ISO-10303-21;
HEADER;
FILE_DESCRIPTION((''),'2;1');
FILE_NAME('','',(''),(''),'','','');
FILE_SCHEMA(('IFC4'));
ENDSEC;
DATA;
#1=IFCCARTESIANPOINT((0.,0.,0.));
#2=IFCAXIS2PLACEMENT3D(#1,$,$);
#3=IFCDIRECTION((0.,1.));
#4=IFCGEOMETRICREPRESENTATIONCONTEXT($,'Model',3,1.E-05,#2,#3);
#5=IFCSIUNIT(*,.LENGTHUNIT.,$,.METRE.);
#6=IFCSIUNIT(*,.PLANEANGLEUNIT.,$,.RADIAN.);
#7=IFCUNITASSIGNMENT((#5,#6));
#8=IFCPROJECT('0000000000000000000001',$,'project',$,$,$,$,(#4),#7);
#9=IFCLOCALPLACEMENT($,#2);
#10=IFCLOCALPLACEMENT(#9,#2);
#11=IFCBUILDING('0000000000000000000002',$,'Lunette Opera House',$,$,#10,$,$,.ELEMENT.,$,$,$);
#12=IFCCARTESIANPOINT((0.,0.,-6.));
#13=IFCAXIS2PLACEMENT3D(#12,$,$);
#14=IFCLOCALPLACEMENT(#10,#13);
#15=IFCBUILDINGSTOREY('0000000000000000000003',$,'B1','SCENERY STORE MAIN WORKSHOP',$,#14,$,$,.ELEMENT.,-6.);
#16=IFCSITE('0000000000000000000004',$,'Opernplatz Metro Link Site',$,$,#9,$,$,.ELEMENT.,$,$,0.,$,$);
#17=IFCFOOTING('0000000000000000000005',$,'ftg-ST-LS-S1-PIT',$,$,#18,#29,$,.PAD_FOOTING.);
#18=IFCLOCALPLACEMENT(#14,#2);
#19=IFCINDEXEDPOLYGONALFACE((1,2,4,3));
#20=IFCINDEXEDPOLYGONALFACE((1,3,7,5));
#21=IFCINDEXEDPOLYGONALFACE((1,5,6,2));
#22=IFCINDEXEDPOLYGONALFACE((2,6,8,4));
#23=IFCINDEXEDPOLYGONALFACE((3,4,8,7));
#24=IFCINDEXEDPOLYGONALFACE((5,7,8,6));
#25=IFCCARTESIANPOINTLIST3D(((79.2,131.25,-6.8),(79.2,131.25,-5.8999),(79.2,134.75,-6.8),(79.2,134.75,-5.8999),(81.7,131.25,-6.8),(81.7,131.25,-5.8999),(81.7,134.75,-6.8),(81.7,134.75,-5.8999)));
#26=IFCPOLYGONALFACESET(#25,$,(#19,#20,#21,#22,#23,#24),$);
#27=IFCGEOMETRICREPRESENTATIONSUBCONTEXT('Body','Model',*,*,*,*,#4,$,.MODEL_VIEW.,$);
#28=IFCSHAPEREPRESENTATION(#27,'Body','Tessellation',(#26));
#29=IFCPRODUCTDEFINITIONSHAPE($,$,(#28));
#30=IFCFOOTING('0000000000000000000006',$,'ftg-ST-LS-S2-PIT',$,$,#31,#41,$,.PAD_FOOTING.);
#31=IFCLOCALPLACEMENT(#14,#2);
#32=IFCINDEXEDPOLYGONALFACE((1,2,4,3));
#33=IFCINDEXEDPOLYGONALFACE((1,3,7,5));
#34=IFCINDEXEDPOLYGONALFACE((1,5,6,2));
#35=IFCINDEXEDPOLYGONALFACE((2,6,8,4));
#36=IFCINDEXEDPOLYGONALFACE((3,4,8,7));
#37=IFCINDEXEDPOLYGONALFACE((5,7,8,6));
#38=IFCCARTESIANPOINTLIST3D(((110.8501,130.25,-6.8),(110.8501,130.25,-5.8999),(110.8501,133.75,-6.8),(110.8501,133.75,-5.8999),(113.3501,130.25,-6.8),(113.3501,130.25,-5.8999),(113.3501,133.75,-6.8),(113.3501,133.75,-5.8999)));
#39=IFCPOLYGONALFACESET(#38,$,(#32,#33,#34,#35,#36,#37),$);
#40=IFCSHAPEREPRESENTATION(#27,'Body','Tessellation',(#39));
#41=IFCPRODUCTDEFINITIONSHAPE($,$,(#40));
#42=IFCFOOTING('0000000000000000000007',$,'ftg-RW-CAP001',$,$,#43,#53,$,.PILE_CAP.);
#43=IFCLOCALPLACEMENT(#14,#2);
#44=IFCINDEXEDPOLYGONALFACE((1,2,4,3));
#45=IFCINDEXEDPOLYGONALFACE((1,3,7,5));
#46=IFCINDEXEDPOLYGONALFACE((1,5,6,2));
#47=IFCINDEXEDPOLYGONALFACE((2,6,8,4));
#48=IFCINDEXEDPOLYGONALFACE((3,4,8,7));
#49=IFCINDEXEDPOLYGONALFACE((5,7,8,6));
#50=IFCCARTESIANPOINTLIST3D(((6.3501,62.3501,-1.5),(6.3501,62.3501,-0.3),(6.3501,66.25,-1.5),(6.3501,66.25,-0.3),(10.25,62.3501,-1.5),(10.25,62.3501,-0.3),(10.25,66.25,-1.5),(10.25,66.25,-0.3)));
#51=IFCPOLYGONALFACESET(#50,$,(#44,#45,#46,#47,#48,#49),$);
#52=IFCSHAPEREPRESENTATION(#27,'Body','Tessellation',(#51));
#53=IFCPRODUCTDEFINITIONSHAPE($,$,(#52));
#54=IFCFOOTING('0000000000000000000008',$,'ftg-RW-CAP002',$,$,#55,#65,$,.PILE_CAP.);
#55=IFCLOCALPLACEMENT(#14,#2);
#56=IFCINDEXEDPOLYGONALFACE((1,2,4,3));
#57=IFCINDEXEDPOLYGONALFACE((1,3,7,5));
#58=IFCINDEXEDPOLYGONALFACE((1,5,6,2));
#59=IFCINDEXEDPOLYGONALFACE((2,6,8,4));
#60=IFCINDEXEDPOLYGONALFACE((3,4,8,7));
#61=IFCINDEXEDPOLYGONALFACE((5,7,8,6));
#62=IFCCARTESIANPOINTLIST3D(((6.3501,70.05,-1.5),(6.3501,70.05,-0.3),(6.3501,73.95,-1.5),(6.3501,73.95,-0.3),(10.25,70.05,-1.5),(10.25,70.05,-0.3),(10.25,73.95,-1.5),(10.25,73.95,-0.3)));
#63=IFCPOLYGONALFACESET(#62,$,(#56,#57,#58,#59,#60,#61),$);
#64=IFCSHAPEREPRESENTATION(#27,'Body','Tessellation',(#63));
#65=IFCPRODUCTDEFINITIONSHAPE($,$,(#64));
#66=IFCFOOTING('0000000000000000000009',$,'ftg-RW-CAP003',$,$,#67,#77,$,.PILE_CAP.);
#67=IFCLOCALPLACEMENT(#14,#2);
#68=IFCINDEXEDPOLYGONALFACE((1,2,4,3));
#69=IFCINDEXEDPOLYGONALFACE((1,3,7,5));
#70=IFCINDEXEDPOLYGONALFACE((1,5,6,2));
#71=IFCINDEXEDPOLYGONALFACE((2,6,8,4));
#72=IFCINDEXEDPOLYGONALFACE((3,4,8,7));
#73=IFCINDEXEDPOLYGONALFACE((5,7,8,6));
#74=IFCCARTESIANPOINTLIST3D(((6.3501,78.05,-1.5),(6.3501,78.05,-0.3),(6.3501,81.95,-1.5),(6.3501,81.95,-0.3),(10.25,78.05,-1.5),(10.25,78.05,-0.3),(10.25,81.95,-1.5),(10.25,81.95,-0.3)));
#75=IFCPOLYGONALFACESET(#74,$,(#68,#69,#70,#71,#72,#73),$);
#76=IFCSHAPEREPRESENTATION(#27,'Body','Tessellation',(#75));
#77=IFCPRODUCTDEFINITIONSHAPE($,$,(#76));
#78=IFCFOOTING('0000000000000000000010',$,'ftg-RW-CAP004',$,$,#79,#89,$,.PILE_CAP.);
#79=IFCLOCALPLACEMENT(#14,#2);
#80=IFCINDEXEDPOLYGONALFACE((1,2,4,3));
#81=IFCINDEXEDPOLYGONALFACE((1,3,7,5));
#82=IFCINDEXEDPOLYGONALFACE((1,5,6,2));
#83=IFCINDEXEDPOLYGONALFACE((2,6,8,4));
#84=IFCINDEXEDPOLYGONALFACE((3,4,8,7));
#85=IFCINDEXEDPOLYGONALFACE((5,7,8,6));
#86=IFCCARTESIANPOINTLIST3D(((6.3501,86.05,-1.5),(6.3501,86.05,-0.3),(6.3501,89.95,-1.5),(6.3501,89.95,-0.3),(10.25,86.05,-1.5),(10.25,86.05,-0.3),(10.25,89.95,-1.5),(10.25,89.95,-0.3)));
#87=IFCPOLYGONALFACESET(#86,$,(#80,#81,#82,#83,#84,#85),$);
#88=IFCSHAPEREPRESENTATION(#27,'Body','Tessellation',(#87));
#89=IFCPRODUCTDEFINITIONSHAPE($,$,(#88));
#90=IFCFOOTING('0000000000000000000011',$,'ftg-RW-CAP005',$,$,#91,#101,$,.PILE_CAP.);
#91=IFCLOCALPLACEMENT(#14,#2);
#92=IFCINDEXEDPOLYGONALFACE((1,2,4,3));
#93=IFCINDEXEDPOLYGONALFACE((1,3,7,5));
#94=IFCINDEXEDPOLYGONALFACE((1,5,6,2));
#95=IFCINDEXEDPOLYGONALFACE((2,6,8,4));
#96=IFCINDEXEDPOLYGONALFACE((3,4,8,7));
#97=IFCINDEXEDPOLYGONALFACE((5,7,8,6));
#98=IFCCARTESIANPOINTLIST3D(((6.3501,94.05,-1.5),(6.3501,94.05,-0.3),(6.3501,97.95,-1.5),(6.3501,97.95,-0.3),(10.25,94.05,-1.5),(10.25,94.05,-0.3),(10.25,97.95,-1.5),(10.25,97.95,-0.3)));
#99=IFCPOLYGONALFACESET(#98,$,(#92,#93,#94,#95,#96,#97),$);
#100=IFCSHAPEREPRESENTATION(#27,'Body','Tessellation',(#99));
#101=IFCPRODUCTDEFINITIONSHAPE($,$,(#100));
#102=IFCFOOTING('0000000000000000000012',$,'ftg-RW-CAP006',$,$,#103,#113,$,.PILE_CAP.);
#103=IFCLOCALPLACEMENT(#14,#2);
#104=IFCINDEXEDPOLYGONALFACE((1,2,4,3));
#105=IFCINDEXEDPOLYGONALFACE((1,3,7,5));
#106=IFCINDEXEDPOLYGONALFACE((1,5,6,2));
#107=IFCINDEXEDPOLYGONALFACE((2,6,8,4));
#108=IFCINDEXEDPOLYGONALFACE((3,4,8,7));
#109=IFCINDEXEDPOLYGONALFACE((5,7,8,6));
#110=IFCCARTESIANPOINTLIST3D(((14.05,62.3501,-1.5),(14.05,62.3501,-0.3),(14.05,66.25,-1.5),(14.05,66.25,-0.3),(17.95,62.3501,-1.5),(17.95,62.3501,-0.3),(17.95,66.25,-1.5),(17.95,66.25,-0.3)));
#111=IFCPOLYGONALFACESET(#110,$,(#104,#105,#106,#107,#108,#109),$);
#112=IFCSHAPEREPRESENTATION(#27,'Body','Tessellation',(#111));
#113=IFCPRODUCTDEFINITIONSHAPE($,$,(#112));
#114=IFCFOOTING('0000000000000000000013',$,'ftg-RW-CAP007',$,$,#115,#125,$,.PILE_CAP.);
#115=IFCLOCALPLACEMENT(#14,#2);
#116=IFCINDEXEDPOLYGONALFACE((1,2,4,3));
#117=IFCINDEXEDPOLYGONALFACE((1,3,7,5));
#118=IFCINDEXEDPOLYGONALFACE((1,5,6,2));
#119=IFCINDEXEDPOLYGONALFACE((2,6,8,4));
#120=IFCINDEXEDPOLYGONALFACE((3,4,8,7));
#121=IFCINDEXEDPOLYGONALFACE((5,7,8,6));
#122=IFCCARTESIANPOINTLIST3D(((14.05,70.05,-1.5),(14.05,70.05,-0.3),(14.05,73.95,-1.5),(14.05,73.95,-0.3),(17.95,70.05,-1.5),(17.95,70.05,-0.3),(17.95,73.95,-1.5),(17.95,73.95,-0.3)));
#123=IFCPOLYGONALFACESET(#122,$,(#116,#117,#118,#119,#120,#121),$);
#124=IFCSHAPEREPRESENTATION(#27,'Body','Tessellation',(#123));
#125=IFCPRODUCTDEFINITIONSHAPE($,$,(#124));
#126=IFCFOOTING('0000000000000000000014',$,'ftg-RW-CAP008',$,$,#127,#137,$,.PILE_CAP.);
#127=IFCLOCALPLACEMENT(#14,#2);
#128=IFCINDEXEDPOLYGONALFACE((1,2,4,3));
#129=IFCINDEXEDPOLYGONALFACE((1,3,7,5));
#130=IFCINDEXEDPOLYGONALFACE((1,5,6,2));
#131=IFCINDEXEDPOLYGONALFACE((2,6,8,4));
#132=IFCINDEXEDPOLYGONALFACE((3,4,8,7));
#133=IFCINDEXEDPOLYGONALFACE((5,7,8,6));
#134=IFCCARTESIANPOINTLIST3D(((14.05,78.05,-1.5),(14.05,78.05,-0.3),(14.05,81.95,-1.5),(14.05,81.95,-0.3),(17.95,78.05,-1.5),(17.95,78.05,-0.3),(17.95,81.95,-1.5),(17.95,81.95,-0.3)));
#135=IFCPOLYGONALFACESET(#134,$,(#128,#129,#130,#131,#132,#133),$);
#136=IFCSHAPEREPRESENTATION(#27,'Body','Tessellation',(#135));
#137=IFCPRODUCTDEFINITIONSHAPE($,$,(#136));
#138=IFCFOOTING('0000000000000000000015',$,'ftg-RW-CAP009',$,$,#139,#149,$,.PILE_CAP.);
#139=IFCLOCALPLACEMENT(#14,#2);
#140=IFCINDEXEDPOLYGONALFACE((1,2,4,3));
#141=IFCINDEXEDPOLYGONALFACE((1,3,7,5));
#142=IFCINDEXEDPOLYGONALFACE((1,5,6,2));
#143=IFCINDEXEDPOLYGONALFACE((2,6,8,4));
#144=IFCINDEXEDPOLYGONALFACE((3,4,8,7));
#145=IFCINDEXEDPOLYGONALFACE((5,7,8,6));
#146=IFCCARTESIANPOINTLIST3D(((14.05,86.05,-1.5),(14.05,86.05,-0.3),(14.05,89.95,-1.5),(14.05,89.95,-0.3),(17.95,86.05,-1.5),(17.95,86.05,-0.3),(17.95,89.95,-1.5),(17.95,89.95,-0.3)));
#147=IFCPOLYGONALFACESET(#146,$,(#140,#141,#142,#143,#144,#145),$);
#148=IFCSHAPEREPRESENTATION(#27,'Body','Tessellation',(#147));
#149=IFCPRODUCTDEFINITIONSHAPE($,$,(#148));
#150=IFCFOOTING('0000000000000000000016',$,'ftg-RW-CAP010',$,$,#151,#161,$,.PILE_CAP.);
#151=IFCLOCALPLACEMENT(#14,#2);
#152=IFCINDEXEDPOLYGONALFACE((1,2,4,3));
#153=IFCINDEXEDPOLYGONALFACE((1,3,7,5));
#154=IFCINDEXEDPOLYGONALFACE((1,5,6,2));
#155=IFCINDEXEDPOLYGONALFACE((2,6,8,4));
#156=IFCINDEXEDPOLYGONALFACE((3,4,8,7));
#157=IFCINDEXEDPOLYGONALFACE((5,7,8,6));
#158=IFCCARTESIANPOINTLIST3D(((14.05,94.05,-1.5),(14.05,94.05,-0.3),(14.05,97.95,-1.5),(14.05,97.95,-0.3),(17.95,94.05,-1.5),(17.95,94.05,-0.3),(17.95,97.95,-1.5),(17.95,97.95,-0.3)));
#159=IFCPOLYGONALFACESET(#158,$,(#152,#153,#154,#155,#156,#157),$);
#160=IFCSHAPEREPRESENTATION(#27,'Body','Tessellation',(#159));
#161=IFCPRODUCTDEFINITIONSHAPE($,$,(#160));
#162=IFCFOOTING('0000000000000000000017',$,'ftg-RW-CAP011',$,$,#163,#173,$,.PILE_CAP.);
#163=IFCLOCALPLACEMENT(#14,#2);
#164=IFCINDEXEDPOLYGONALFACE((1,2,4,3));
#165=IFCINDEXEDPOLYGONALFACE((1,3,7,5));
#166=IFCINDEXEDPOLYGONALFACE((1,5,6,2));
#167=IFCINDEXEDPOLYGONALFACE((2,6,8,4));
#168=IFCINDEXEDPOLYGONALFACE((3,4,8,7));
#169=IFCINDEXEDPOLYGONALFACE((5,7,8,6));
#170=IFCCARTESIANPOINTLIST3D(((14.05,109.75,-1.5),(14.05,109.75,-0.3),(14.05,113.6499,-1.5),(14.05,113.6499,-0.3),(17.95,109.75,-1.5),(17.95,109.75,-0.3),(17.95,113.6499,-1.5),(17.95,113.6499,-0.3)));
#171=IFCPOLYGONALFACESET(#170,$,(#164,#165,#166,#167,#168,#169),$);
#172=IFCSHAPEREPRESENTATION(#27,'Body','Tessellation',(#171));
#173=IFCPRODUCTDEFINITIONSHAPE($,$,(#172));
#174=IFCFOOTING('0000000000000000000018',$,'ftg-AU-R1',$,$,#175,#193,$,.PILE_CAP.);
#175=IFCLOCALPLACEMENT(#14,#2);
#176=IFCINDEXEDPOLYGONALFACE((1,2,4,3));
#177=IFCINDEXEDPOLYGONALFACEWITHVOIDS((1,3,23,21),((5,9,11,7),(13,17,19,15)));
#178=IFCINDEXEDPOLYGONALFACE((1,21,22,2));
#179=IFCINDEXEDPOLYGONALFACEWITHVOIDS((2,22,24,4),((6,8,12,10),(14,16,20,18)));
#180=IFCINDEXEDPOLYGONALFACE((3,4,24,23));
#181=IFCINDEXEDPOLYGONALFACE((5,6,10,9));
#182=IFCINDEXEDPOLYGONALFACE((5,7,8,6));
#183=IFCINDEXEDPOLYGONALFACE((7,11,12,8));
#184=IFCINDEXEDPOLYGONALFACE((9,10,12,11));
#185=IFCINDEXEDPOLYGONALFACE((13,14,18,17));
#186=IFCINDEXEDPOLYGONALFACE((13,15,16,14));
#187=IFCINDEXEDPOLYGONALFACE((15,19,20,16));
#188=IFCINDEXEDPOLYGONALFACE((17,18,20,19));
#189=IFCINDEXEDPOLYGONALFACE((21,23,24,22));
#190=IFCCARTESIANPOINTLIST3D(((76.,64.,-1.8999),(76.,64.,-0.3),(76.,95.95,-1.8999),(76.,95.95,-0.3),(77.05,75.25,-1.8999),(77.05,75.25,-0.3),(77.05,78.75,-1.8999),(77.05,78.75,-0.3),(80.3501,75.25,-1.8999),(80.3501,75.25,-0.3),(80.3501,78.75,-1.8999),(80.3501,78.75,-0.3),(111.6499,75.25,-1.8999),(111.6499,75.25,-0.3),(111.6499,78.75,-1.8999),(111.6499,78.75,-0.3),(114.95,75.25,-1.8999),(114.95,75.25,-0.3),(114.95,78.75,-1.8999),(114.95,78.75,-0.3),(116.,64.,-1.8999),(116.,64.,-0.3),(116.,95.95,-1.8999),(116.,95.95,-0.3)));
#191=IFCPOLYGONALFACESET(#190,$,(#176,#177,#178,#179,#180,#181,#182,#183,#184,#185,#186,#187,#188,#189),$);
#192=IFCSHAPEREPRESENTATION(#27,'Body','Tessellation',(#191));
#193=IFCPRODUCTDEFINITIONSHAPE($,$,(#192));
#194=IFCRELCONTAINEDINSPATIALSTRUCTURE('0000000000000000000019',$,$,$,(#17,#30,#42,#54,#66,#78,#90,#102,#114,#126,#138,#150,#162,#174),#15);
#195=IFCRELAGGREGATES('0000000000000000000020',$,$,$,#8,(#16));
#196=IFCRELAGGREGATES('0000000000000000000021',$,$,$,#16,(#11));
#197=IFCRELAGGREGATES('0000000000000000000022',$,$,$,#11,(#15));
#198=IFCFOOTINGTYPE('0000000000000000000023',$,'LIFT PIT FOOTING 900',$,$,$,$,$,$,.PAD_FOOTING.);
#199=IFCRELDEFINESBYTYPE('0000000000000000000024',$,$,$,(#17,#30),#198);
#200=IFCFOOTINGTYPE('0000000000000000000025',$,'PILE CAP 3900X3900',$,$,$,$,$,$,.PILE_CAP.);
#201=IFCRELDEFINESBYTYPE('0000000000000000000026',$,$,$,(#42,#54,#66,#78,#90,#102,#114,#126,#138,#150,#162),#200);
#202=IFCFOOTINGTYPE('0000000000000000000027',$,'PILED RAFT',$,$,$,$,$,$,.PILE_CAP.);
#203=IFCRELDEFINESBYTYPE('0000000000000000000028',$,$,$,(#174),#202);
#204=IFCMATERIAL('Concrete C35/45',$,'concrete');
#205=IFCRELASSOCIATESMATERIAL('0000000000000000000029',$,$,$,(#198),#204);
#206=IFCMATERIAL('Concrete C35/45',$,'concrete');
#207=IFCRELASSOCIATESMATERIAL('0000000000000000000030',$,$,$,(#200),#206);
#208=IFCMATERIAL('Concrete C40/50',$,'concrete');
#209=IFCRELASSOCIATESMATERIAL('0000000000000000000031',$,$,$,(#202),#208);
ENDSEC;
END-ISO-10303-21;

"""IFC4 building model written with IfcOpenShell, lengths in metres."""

from ifc_helpers import new_model, si_unit, direction, frame, origin, place, context, subcontext, project, spatial, polyline, outline, extrude, material, type_object, element, save


model = new_model("IFC4")

# Units and contexts
model_context = context("Model", 3, precision=1e-05, world=origin(), true_north=direction((0.0, 1.0)))
body_context = subcontext(model_context, "Body", "Model", "MODEL_VIEW")
ifc_project = project(units=[si_unit("LENGTHUNIT", "METRE"), si_unit("PLANEANGLEUNIT", "RADIAN")], contexts=[model_context])

# Site, building, storey
site_placement = place(None, origin())
site = spatial("IfcSite", under=ifc_project, at=site_placement, Name="Opernplatz Metro Link Site", CompositionType="ELEMENT", RefElevation=0.0)
building_placement = place(site_placement, origin())
building = spatial("IfcBuilding", under=site, at=building_placement, Name="Lunette Opera House", CompositionType="ELEMENT")
storey_placement = place(building_placement, frame((0.0, 0.0, -6.0)))
storey = spatial("IfcBuildingStorey", under=building, at=storey_placement, Name="B1", Description="SCENERY STORE MAIN WORKSHOP", CompositionType="ELEMENT", Elevation=-6.0)

# Footings
ifc_material_1 = material(Name="Concrete C35/45", Category="concrete")
footing_type_1 = type_object("IfcFootingType", Name="LIFT PIT FOOTING 900", PredefinedType="PAD_FOOTING", material=ifc_material_1)
footing_1_placement = place(storey_placement, frame((0.0, 0.0, -6.8)))
element("IfcFooting", 1, at=footing_1_placement, inside=storey, type_object=footing_type_1, Name="ftg-ST-LS-S1-PIT", PredefinedType="PAD_FOOTING", context=body_context, shape_type="SweptSolid", body=[
    extrude(outline(polyline([(81.7, 131.25), (81.7, 134.75), (79.2, 134.75), (79.2, 131.25), (81.7, 131.25)])), origin(), (0.0, 0.0, 1.0), 0.9001),
])
footing_2_placement = place(storey_placement, frame((0.0, 0.0, -6.8)))
element("IfcFooting", 2, at=footing_2_placement, inside=storey, type_object=footing_type_1, Name="ftg-ST-LS-S2-PIT", PredefinedType="PAD_FOOTING", context=body_context, shape_type="SweptSolid", body=[
    extrude(outline(polyline([(113.3501, 130.25), (113.3501, 133.75), (110.8501, 133.75), (110.8501, 130.25), (113.3501, 130.25)])), origin(), (0.0, 0.0, 1.0), 0.9001),
])
ifc_material_2 = material(Name="Concrete C35/45", Category="concrete")
footing_type_2 = type_object("IfcFootingType", Name="PILE CAP 3900X3900", PredefinedType="PILE_CAP", material=ifc_material_2)
footing_3_placement = place(storey_placement, frame((0.0, 0.0, -1.5)))
element("IfcFooting", 3, at=footing_3_placement, inside=storey, type_object=footing_type_2, Name="ftg-RW-CAP001", PredefinedType="PILE_CAP", context=body_context, shape_type="SweptSolid", body=[
    extrude(outline(polyline([(10.25, 62.3501), (10.25, 66.25), (6.3501, 66.25), (6.3501, 62.3501), (10.25, 62.3501)])), origin(), (0.0, 0.0, 1.0), 1.2),
])
footing_4_placement = place(storey_placement, frame((0.0, 0.0, -1.5)))
element("IfcFooting", 4, at=footing_4_placement, inside=storey, type_object=footing_type_2, Name="ftg-RW-CAP002", PredefinedType="PILE_CAP", context=body_context, shape_type="SweptSolid", body=[
    extrude(outline(polyline([(10.25, 70.05), (10.25, 73.95), (6.3501, 73.95), (6.3501, 70.05), (10.25, 70.05)])), origin(), (0.0, 0.0, 1.0), 1.2),
])
footing_5_placement = place(storey_placement, frame((0.0, 0.0, -1.5)))
element("IfcFooting", 5, at=footing_5_placement, inside=storey, type_object=footing_type_2, Name="ftg-RW-CAP003", PredefinedType="PILE_CAP", context=body_context, shape_type="SweptSolid", body=[
    extrude(outline(polyline([(10.25, 78.05), (10.25, 81.95), (6.3501, 81.95), (6.3501, 78.05), (10.25, 78.05)])), origin(), (0.0, 0.0, 1.0), 1.2),
])
footing_6_placement = place(storey_placement, frame((0.0, 0.0, -1.5)))
element("IfcFooting", 6, at=footing_6_placement, inside=storey, type_object=footing_type_2, Name="ftg-RW-CAP004", PredefinedType="PILE_CAP", context=body_context, shape_type="SweptSolid", body=[
    extrude(outline(polyline([(10.25, 86.05), (10.25, 89.95), (6.3501, 89.95), (6.3501, 86.05), (10.25, 86.05)])), origin(), (0.0, 0.0, 1.0), 1.2),
])
footing_7_placement = place(storey_placement, frame((0.0, 0.0, -1.5)))
element("IfcFooting", 7, at=footing_7_placement, inside=storey, type_object=footing_type_2, Name="ftg-RW-CAP005", PredefinedType="PILE_CAP", context=body_context, shape_type="SweptSolid", body=[
    extrude(outline(polyline([(10.25, 94.05), (10.25, 97.95), (6.3501, 97.95), (6.3501, 94.05), (10.25, 94.05)])), origin(), (0.0, 0.0, 1.0), 1.2),
])
footing_8_placement = place(storey_placement, frame((0.0, 0.0, -1.5)))
element("IfcFooting", 8, at=footing_8_placement, inside=storey, type_object=footing_type_2, Name="ftg-RW-CAP006", PredefinedType="PILE_CAP", context=body_context, shape_type="SweptSolid", body=[
    extrude(outline(polyline([(17.95, 62.3501), (17.95, 66.25), (14.05, 66.25), (14.05, 62.3501), (17.95, 62.3501)])), origin(), (0.0, 0.0, 1.0), 1.2),
])
footing_9_placement = place(storey_placement, frame((0.0, 0.0, -1.5)))
element("IfcFooting", 9, at=footing_9_placement, inside=storey, type_object=footing_type_2, Name="ftg-RW-CAP007", PredefinedType="PILE_CAP", context=body_context, shape_type="SweptSolid", body=[
    extrude(outline(polyline([(17.95, 70.05), (17.95, 73.95), (14.05, 73.95), (14.05, 70.05), (17.95, 70.05)])), origin(), (0.0, 0.0, 1.0), 1.2),
])
footing_10_placement = place(storey_placement, frame((0.0, 0.0, -1.5)))
element("IfcFooting", 10, at=footing_10_placement, inside=storey, type_object=footing_type_2, Name="ftg-RW-CAP008", PredefinedType="PILE_CAP", context=body_context, shape_type="SweptSolid", body=[
    extrude(outline(polyline([(17.95, 78.05), (17.95, 81.95), (14.05, 81.95), (14.05, 78.05), (17.95, 78.05)])), origin(), (0.0, 0.0, 1.0), 1.2),
])
footing_11_placement = place(storey_placement, frame((0.0, 0.0, -1.5)))
element("IfcFooting", 11, at=footing_11_placement, inside=storey, type_object=footing_type_2, Name="ftg-RW-CAP009", PredefinedType="PILE_CAP", context=body_context, shape_type="SweptSolid", body=[
    extrude(outline(polyline([(17.95, 86.05), (17.95, 89.95), (14.05, 89.95), (14.05, 86.05), (17.95, 86.05)])), origin(), (0.0, 0.0, 1.0), 1.2),
])
footing_12_placement = place(storey_placement, frame((0.0, 0.0, -1.5)))
element("IfcFooting", 12, at=footing_12_placement, inside=storey, type_object=footing_type_2, Name="ftg-RW-CAP010", PredefinedType="PILE_CAP", context=body_context, shape_type="SweptSolid", body=[
    extrude(outline(polyline([(17.95, 94.05), (17.95, 97.95), (14.05, 97.95), (14.05, 94.05), (17.95, 94.05)])), origin(), (0.0, 0.0, 1.0), 1.2),
])
footing_13_placement = place(storey_placement, frame((0.0, 0.0, -1.5)))
element("IfcFooting", 13, at=footing_13_placement, inside=storey, type_object=footing_type_2, Name="ftg-RW-CAP011", PredefinedType="PILE_CAP", context=body_context, shape_type="SweptSolid", body=[
    extrude(outline(polyline([(17.95, 109.75), (17.95, 113.6499), (14.05, 113.6499), (14.05, 109.75), (17.95, 109.75)])), origin(), (0.0, 0.0, 1.0), 1.2),
])
ifc_material_3 = material(Name="Concrete C40/50", Category="concrete")
footing_type_3 = type_object("IfcFootingType", Name="PILED RAFT", PredefinedType="PILE_CAP", material=ifc_material_3)
footing_14_placement = place(storey_placement, frame((0.0, 0.0, -1.8999)))
element("IfcFooting", 14, at=footing_14_placement, inside=storey, type_object=footing_type_3, Name="ftg-AU-R1", PredefinedType="PILE_CAP", context=body_context, shape_type="SweptSolid", body=[
    extrude(outline(polyline([(76.0, 64.0), (116.0, 64.0), (116.0, 95.95), (76.0, 95.95), (76.0, 64.0)]), holes=[polyline([(80.3501, 75.25), (77.05, 75.25), (77.05, 78.75), (80.3501, 78.75), (80.3501, 75.25)]), polyline([(114.95, 75.25), (111.6499, 75.25), (111.6499, 78.75), (114.95, 78.75), (114.95, 75.25)])]), origin(), (0.0, 0.0, 1.0), 1.5999),
])

save(model, "model.ifc")
